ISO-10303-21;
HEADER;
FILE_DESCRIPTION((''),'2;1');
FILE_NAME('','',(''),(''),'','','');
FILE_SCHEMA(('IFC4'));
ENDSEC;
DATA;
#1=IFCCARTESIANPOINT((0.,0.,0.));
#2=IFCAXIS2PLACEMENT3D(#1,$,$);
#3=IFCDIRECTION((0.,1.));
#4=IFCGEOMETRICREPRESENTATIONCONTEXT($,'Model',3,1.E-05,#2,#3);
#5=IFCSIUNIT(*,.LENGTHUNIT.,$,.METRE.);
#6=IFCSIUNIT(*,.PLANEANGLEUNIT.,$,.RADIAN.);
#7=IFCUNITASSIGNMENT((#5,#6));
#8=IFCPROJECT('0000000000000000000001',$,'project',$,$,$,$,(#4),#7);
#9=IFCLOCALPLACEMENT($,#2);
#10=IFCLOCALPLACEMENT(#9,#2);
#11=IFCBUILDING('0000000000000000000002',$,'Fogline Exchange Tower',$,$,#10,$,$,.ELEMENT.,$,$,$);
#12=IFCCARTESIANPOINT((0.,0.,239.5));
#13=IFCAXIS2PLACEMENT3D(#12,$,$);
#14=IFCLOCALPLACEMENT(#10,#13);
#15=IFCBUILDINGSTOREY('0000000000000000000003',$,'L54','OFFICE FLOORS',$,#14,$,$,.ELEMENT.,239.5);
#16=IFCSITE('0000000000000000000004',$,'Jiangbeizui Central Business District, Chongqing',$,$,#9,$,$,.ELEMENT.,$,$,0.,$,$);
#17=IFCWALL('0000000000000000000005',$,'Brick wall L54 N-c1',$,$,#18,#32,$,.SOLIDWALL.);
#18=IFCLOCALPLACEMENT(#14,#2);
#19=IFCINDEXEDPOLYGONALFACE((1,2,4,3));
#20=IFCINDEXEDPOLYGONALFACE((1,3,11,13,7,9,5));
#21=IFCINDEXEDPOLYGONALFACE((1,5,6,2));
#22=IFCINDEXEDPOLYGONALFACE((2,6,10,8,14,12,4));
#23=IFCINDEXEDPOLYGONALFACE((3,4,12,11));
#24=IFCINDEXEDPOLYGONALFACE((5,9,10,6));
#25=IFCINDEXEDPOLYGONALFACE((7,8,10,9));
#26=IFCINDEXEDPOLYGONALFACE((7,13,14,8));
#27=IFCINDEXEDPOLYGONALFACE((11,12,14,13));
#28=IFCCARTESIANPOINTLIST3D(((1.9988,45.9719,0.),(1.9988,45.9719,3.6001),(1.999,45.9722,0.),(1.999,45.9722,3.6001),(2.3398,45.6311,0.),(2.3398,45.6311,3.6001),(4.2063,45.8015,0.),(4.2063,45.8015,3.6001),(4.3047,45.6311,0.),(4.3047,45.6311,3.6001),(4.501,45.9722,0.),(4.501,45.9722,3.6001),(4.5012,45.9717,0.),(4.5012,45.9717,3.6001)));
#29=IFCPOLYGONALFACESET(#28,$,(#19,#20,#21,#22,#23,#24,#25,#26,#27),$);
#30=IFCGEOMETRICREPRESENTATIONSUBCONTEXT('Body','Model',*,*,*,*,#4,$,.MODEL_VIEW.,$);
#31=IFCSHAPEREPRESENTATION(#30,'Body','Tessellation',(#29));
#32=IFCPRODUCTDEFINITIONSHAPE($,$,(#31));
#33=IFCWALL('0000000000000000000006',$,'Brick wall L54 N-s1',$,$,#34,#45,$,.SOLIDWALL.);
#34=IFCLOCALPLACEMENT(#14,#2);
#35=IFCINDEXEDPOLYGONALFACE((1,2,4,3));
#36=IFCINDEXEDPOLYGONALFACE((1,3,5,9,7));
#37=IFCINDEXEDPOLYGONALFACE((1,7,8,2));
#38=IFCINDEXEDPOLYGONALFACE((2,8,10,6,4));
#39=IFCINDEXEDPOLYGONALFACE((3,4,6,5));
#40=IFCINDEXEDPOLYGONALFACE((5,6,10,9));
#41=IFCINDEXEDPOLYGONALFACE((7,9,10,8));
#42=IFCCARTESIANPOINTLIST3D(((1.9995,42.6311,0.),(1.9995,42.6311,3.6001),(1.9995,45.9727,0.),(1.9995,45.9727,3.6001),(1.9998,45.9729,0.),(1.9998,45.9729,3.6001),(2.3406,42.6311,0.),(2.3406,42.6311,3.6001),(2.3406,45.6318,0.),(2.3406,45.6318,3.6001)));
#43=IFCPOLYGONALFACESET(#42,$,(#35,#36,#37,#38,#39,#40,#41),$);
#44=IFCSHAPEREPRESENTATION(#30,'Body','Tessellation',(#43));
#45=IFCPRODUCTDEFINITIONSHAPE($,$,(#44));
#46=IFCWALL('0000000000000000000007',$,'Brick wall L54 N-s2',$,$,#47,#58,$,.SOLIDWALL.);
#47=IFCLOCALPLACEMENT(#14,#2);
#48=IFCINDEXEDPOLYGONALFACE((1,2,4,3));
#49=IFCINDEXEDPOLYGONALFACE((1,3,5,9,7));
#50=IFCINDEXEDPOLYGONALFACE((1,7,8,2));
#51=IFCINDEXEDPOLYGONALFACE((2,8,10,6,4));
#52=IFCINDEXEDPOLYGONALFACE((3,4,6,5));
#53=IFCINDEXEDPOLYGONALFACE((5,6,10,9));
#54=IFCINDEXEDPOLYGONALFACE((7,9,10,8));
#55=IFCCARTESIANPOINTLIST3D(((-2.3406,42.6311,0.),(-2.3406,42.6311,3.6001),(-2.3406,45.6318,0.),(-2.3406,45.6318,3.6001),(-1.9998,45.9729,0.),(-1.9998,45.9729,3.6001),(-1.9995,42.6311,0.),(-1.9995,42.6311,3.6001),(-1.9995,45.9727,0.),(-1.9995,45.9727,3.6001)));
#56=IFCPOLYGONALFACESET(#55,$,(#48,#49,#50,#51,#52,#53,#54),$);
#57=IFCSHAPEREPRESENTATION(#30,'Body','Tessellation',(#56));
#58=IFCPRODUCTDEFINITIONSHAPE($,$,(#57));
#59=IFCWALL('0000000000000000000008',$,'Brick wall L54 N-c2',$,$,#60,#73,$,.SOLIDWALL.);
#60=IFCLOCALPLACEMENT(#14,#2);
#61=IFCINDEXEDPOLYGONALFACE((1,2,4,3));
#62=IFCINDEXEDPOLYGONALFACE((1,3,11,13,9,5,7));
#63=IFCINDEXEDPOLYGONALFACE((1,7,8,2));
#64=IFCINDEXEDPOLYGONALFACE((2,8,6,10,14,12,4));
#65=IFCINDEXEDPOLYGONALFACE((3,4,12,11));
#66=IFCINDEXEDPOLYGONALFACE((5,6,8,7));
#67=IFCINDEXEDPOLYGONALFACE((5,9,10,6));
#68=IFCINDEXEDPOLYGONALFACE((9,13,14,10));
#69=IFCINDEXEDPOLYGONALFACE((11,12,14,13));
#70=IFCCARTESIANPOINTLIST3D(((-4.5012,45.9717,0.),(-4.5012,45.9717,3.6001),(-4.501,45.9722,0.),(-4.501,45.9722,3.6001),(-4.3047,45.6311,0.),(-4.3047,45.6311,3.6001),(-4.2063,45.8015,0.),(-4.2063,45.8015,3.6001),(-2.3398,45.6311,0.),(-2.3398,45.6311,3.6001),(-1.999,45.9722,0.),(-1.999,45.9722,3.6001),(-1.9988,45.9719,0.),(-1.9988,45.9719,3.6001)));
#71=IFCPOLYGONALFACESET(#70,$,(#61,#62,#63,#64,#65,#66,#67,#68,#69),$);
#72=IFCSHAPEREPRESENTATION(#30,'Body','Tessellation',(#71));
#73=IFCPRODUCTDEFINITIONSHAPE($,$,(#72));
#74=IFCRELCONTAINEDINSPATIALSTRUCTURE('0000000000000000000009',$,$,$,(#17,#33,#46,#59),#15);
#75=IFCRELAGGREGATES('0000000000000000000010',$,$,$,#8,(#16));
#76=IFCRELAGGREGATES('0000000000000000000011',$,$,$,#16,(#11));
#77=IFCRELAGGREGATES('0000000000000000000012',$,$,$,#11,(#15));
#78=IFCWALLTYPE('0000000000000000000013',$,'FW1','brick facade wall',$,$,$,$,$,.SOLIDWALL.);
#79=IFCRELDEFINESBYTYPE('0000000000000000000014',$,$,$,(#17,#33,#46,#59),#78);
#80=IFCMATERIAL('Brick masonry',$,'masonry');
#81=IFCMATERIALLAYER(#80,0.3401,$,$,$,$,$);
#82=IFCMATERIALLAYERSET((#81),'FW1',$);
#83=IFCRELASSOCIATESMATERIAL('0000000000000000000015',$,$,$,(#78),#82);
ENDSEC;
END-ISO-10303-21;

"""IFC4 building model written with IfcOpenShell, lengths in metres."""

from ifc_helpers import new_model, si_unit, direction, frame, origin, place, context, subcontext, project, spatial, polyline, outline, extrude, material, layer, layer_set, type_object, element, save


model = new_model("IFC4")

# Units and contexts
model_context = context("Model", 3, precision=1e-05, world=origin(), true_north=direction((0.0, 1.0)))
body_context = subcontext(model_context, "Body", "Model", "MODEL_VIEW")
ifc_project = project(units=[si_unit("LENGTHUNIT", "METRE"), si_unit("PLANEANGLEUNIT", "RADIAN")], contexts=[model_context])

# Site, building, storey
site_placement = place(None, origin())
site = spatial("IfcSite", under=ifc_project, at=site_placement, Name="Jiangbeizui Central Business District, Chongqing", CompositionType="ELEMENT", RefElevation=0.0)
building_placement = place(site_placement, origin())
building = spatial("IfcBuilding", under=site, at=building_placement, Name="Fogline Exchange Tower", CompositionType="ELEMENT")
storey_placement = place(building_placement, frame((0.0, 0.0, 239.5)))
storey = spatial("IfcBuildingStorey", under=building, at=storey_placement, Name="L54", Description="OFFICE FLOORS", CompositionType="ELEMENT", Elevation=239.5)

# Walls
ifc_material_1 = material(Name="Brick masonry", Category="masonry")
ifc_layer_1 = layer(ifc_material_1, 0.3401)
ifc_layer_set_1 = layer_set([ifc_layer_1], Name="FW1")
wall_type_1 = type_object("IfcWallType", Name="FW1", Description="brick facade wall", PredefinedType="SOLIDWALL", material=ifc_layer_set_1)
wall_1_placement = place(storey_placement, origin())
element("IfcWall", 1, at=wall_1_placement, inside=storey, type_object=wall_type_1, Name="Brick wall L54 N-c1", PredefinedType="SOLIDWALL", context=body_context, shape_type="SweptSolid", body=[
    extrude(outline(polyline([(1.999, 45.9722), (4.501, 45.9722), (4.5012, 45.9717), (4.2063, 45.8015), (4.3047, 45.6311), (2.3398, 45.6311), (1.9988, 45.9719), (1.999, 45.9722)])), origin(), (0.0, 0.0, 1.0), 3.6001),
])
wall_2_placement = place(storey_placement, origin())
element("IfcWall", 2, at=wall_2_placement, inside=storey, type_object=wall_type_1, Name="Brick wall L54 N-s1", PredefinedType="SOLIDWALL", context=body_context, shape_type="SweptSolid", body=[
    extrude(outline(polyline([(2.3406, 42.6311), (1.9995, 42.6311), (1.9995, 45.9727), (1.9998, 45.9729), (2.3406, 45.6318), (2.3406, 42.6311)])), origin(), (0.0, 0.0, 1.0), 3.6001),
])
wall_3_placement = place(storey_placement, origin())
element("IfcWall", 3, at=wall_3_placement, inside=storey, type_object=wall_type_1, Name="Brick wall L54 N-s2", PredefinedType="SOLIDWALL", context=body_context, shape_type="SweptSolid", body=[
    extrude(outline(polyline([(-1.9995, 45.9727), (-1.9995, 42.6311), (-2.3406, 42.6311), (-2.3406, 45.6318), (-1.9998, 45.9729), (-1.9995, 45.9727)])), origin(), (0.0, 0.0, 1.0), 3.6001),
])
wall_4_placement = place(storey_placement, origin())
element("IfcWall", 4, at=wall_4_placement, inside=storey, type_object=wall_type_1, Name="Brick wall L54 N-c2", PredefinedType="SOLIDWALL", context=body_context, shape_type="SweptSolid", body=[
    extrude(outline(polyline([(-4.3047, 45.6311), (-4.2063, 45.8015), (-4.5012, 45.9717), (-4.501, 45.9722), (-1.999, 45.9722), (-1.9988, 45.9719), (-2.3398, 45.6311), (-4.3047, 45.6311)])), origin(), (0.0, 0.0, 1.0), 3.6001),
])

save(model, "model.ifc")
